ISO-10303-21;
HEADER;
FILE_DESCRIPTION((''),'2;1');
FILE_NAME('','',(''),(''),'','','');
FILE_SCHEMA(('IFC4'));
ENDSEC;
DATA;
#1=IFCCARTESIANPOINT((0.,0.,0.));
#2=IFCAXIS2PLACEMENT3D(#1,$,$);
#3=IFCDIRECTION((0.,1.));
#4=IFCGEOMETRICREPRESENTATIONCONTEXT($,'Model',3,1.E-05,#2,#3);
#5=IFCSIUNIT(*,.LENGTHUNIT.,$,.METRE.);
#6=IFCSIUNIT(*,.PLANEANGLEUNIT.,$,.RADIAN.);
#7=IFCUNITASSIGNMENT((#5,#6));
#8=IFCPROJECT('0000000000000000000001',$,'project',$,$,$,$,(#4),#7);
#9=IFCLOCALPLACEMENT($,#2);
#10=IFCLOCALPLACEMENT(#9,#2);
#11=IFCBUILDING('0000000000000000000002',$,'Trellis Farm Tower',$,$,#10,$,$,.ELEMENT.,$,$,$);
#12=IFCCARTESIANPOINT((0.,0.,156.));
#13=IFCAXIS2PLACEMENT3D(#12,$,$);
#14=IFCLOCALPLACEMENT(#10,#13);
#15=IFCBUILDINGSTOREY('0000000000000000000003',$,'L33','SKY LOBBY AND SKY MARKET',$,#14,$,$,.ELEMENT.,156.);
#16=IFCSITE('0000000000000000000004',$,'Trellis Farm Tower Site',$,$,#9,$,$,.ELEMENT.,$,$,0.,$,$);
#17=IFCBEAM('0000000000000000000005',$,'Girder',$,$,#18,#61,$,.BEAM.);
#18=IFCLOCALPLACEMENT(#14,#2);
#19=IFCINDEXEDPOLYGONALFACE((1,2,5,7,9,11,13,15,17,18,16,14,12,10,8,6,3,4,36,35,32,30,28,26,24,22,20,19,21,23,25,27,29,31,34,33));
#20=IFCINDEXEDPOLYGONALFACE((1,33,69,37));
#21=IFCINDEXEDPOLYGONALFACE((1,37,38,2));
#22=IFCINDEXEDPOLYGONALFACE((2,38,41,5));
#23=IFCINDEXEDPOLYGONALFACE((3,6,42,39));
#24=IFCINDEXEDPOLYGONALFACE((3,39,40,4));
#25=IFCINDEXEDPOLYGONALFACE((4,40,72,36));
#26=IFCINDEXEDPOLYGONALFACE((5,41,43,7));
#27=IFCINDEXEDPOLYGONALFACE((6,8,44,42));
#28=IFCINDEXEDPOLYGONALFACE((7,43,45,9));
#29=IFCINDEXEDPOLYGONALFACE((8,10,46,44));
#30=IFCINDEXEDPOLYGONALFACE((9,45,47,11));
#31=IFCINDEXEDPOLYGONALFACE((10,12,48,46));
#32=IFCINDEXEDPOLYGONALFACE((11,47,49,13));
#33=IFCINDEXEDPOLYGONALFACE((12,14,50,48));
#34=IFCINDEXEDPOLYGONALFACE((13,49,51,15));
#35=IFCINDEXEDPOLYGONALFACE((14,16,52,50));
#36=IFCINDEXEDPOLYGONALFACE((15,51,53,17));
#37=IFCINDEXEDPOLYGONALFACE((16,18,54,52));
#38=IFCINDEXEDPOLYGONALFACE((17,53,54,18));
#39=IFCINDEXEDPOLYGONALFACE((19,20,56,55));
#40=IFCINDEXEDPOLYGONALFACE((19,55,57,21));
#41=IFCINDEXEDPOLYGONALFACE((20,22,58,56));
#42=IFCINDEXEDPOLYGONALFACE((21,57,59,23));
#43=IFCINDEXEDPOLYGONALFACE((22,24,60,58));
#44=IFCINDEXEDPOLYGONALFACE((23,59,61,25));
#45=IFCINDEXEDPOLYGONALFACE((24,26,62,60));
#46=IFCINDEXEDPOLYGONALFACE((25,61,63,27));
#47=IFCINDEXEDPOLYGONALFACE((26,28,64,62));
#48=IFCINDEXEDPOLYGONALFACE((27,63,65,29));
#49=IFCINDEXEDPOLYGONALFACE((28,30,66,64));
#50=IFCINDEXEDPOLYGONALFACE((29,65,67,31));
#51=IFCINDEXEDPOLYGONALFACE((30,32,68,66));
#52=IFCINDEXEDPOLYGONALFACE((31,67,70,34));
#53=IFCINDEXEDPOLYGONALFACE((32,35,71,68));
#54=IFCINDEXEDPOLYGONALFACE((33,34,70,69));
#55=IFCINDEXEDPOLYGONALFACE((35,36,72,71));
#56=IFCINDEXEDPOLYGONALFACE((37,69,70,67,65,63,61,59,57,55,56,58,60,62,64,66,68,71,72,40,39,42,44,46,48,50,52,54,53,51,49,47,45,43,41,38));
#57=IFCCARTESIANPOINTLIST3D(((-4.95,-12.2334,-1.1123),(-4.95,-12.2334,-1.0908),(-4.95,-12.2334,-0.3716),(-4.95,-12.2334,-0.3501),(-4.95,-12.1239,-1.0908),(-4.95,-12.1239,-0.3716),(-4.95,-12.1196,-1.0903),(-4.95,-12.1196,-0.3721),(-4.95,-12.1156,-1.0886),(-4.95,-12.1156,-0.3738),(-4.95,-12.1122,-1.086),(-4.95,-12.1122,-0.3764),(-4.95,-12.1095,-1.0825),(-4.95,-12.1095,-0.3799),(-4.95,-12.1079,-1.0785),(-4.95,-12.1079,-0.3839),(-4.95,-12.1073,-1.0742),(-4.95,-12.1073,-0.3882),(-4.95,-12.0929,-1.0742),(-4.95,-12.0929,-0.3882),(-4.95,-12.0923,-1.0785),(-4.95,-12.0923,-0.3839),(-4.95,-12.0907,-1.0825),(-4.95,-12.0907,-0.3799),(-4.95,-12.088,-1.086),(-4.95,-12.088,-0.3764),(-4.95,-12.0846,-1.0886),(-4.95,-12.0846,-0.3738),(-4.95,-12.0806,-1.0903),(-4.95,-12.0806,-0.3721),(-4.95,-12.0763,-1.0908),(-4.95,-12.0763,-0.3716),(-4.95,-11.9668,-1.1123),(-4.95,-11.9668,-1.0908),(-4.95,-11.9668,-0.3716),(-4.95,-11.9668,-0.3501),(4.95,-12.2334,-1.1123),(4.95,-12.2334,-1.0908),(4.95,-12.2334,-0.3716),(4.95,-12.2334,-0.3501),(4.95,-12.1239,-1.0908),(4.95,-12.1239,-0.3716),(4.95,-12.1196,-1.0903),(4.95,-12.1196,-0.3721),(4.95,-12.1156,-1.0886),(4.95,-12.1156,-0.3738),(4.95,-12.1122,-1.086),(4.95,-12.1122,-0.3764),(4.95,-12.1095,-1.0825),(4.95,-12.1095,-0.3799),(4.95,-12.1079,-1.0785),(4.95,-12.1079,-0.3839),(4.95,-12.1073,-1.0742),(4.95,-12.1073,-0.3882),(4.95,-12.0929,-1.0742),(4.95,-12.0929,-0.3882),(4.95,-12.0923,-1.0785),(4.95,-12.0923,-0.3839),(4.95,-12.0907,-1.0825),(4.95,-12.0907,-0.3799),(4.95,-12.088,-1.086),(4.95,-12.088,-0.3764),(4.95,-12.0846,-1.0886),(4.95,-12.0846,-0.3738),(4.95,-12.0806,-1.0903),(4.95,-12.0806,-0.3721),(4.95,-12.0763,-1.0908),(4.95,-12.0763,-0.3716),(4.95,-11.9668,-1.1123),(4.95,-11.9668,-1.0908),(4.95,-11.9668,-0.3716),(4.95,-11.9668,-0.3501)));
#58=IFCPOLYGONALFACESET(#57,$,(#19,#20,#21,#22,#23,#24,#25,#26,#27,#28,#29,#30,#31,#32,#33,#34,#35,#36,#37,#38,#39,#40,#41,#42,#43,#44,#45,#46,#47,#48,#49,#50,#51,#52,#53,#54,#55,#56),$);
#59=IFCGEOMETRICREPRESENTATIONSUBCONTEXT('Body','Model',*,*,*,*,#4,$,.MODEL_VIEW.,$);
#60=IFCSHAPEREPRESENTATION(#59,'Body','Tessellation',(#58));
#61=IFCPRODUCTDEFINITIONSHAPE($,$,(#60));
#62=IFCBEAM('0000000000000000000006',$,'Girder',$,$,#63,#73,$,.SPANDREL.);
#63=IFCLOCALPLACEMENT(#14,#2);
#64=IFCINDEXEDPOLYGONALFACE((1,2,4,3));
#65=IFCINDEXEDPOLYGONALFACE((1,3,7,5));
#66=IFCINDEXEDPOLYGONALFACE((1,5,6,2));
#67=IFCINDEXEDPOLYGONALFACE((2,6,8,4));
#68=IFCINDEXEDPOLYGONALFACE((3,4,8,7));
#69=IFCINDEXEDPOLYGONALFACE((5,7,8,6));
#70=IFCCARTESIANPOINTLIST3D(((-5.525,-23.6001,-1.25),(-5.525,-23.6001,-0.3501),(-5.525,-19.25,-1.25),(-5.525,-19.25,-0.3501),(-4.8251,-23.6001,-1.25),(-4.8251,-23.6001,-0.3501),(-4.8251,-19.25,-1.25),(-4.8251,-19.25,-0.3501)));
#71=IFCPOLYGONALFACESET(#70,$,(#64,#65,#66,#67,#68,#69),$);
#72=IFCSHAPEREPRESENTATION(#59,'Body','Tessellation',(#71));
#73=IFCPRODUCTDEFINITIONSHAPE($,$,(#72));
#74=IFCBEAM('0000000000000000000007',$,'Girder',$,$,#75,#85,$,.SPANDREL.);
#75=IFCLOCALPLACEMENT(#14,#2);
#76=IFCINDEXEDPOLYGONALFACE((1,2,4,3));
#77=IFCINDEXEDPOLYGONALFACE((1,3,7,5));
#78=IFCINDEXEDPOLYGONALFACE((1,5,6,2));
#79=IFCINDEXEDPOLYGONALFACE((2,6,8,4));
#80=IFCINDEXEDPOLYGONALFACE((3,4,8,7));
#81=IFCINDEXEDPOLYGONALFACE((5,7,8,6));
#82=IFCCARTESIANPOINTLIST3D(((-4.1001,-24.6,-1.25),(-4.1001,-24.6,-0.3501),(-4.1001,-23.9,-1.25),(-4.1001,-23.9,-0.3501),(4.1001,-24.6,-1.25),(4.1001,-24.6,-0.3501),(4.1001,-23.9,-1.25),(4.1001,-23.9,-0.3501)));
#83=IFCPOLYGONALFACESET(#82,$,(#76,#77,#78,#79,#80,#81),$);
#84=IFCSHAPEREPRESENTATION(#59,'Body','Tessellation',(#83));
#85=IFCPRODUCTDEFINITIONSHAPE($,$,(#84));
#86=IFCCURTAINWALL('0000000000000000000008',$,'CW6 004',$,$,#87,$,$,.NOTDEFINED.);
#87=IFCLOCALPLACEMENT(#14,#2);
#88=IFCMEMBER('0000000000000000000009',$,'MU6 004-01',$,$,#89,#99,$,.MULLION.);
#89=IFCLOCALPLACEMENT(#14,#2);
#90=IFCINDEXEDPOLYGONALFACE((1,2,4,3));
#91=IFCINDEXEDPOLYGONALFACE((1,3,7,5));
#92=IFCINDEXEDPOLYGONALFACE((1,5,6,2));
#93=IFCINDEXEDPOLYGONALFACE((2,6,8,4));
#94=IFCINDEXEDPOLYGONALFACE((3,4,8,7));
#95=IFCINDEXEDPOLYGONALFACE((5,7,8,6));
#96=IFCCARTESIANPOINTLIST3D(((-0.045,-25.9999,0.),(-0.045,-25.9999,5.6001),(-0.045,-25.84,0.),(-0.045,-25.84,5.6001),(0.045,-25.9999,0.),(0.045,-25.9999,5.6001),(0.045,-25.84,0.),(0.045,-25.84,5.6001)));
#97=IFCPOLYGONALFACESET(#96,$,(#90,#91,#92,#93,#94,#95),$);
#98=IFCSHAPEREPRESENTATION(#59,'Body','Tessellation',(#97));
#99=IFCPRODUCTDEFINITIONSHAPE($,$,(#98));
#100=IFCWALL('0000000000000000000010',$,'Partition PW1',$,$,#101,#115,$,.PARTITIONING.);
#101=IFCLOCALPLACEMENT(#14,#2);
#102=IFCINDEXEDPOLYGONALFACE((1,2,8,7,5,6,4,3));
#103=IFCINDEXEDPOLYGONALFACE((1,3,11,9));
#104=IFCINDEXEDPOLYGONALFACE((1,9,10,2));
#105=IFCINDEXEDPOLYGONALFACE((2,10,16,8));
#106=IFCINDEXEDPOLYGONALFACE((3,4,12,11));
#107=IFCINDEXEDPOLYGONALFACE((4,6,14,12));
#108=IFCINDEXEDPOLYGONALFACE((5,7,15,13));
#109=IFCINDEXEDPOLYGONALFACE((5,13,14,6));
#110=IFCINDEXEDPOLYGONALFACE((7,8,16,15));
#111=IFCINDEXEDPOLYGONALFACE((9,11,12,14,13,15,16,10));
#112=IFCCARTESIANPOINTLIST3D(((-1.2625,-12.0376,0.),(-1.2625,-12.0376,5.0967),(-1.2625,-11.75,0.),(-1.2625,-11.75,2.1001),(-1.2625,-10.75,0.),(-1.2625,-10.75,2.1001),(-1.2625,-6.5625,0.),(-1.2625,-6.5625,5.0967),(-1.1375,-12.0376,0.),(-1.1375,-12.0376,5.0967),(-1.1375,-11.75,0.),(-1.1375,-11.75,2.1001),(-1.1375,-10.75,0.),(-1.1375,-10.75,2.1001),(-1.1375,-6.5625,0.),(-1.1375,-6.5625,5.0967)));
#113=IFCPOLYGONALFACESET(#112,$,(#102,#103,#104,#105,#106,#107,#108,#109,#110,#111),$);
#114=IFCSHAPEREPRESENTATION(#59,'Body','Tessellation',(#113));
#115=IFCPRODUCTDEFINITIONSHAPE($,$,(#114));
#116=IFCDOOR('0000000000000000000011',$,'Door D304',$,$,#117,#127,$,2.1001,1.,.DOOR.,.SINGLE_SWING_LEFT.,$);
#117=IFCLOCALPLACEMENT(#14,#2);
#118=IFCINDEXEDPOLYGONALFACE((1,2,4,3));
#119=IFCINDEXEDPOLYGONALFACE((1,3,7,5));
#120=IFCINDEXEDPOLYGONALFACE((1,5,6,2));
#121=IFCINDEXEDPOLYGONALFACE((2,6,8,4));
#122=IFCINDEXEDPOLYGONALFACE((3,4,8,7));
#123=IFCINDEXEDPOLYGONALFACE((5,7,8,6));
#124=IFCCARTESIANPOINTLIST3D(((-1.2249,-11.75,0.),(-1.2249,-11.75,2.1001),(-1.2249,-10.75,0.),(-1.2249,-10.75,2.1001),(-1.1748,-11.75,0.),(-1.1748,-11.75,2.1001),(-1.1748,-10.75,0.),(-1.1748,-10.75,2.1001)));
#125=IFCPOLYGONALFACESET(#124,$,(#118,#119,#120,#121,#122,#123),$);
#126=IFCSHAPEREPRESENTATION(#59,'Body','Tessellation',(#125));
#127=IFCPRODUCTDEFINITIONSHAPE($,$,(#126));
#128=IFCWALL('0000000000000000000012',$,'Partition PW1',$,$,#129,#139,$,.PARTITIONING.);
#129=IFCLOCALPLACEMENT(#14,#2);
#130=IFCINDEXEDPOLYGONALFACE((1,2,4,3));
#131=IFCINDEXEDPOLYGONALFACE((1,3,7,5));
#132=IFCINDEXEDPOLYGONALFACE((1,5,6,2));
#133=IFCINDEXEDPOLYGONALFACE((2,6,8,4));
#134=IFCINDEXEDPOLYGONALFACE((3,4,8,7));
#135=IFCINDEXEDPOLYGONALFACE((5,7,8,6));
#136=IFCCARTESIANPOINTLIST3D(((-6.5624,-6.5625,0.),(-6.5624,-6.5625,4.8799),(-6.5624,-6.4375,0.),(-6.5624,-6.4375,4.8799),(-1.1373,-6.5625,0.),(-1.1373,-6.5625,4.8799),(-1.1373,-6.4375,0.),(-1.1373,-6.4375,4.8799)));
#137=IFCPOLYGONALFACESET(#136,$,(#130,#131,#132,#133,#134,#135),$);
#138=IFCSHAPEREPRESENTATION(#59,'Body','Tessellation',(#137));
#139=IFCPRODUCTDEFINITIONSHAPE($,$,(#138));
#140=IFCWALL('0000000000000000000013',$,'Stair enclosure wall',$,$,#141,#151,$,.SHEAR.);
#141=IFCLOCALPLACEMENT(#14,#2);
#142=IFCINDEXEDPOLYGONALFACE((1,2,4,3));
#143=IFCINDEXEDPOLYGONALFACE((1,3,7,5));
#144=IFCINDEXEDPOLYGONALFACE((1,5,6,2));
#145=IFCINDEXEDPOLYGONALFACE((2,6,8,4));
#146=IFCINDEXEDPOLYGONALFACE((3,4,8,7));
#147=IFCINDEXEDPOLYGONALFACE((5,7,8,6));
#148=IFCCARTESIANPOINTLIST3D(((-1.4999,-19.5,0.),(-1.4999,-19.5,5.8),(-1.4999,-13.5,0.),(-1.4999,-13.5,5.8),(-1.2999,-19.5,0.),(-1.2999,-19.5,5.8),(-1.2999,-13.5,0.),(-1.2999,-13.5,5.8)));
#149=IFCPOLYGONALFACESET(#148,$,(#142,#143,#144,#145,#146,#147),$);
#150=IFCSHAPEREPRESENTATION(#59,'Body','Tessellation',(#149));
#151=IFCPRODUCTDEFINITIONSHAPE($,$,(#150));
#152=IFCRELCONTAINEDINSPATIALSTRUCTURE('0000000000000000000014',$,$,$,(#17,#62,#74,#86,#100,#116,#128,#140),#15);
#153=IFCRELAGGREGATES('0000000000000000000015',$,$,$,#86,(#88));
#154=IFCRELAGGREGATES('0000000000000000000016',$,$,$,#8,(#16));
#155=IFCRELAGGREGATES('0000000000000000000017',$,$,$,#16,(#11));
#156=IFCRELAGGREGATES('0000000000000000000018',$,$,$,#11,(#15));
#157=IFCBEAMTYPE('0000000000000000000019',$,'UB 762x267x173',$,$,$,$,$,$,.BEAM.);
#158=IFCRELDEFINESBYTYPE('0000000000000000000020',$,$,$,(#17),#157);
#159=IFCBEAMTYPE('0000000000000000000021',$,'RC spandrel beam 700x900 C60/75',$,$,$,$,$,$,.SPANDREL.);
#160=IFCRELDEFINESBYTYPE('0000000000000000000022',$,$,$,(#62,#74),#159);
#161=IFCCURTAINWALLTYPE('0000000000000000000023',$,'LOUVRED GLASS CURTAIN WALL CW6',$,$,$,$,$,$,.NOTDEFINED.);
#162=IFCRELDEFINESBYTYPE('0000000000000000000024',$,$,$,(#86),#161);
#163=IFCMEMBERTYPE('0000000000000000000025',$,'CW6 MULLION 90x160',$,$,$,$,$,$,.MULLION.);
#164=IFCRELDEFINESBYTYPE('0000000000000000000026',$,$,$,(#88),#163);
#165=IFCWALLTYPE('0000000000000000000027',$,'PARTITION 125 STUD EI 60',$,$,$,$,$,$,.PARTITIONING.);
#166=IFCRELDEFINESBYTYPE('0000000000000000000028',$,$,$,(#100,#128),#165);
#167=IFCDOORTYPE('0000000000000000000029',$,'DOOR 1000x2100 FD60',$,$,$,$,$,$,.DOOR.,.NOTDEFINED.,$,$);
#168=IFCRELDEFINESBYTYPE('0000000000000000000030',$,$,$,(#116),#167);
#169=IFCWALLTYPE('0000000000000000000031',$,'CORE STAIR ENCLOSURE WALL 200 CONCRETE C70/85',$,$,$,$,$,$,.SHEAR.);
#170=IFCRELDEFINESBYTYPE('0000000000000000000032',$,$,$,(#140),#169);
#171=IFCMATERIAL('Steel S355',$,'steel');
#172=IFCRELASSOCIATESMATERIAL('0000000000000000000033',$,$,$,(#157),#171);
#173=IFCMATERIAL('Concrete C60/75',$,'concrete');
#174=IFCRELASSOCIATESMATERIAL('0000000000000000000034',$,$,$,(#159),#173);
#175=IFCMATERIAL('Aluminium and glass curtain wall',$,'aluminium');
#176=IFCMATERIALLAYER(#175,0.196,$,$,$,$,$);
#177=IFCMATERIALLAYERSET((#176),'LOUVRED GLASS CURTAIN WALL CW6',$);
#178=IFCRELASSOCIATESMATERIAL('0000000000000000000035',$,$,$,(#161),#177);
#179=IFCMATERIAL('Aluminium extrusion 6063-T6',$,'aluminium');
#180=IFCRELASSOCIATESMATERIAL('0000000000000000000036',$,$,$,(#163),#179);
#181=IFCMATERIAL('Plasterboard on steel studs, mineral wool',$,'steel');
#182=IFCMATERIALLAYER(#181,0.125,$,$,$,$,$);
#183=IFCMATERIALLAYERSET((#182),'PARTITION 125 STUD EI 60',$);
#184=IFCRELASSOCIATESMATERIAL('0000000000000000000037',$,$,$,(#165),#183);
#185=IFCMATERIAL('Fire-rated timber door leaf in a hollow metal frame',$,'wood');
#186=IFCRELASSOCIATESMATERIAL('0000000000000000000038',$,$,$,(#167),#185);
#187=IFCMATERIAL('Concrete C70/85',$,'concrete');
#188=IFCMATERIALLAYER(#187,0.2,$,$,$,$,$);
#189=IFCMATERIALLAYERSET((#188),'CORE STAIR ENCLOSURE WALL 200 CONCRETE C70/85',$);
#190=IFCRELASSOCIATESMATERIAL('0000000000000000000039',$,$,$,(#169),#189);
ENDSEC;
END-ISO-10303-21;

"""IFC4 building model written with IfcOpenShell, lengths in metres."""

from ifc_helpers import new_model, si_unit, direction, frame, frame_2d, origin, origin_2d, place, context, subcontext, project, spatial, rectangle, i_section, extrude, source, transform, mapped, material, layer, layer_set, material_profile, profile_set, type_object, element, fill, aggregate, save


model = new_model("IFC4")

# Units and contexts
model_context = context("Model", 3, precision=1e-05, world=origin(), true_north=direction((0.0, 1.0)))
body_context = subcontext(model_context, "Body", "Model", "MODEL_VIEW")
ifc_project = project(units=[si_unit("LENGTHUNIT", "METRE"), si_unit("PLANEANGLEUNIT", "RADIAN")], contexts=[model_context])

# Site, building, storey
site_placement = place(None, origin())
site = spatial("IfcSite", under=ifc_project, at=site_placement, Name="Trellis Farm Tower Site", CompositionType="ELEMENT", RefElevation=0.0)
building_placement = place(site_placement, origin())
building = spatial("IfcBuilding", under=site, at=building_placement, Name="Trellis Farm Tower", CompositionType="ELEMENT")
storey_placement = place(building_placement, frame((0.0, 0.0, 156.0)))
storey = spatial("IfcBuildingStorey", under=building, at=storey_placement, Name="L33", Description="SKY LOBBY AND SKY MARKET", CompositionType="ELEMENT", Elevation=156.0)

# Shared definitions
ifc_material_1 = material(Name="Concrete C70/85", Category="concrete")

# Beams
ifc_material_2 = material(Name="Steel S355", Category="steel")
ifc_material_profile_1 = material_profile(ifc_material_2, i_section(OverallWidth=0.2666, OverallDepth=0.7622, WebThickness=0.0144, FlangeThickness=0.0215, FilletRadius=0.0166, at=origin_2d()), Name="UB 762x267x173")
ifc_profile_set_1 = profile_set([ifc_material_profile_1], Name="Steel S355")
beam_type_1 = type_object("IfcBeamType", Name="UB 762x267x173", PredefinedType="BEAM", material=ifc_profile_set_1)
shared_shape_1 = source(origin(), body_context, "Body", "SweptSolid", [
    extrude(i_section(OverallWidth=0.2666, OverallDepth=0.7622, WebThickness=0.0144, FlangeThickness=0.0215, FilletRadius=0.0166, at=origin_2d()), origin(), (0.0, 0.0, 1.0), 9.8999),
])
beam_1_placement = place(storey_placement, frame((-4.95, -12.1001, -0.7312), z_axis=(1.0, 0.0, 0.0), x_axis=(0.0, 1.0, 0.0)))
element("IfcBeam", 1, at=beam_1_placement, inside=storey, type_object=beam_type_1, Name="Girder", PredefinedType="BEAM", context=body_context, shape_type="MappedRepresentation", body=[
    mapped(shared_shape_1, transform((0.0, 0.0, 0.0))),
])
ifc_material_3 = material(Name="Concrete C60/75", Category="concrete")
ifc_material_profile_2 = material_profile(ifc_material_3, rectangle(XDim=0.7, YDim=0.8999, at=origin_2d()), Name="RC spandrel beam 700x900 C60/75")
ifc_profile_set_2 = profile_set([ifc_material_profile_2], Name="Concrete C60/75")
beam_type_2 = type_object("IfcBeamType", Name="RC spandrel beam 700x900 C60/75", PredefinedType="SPANDREL", material=ifc_profile_set_2)
shared_shape_2 = source(origin(), body_context, "Body", "SweptSolid", [
    extrude(rectangle(XDim=0.7, YDim=0.8999, at=origin_2d()), origin(), (0.0, 0.0, 1.0), 4.3501),
])
beam_2_placement = place(storey_placement, frame((-5.175, -23.6001, -0.8), z_axis=(0.0, 1.0, 0.0), x_axis=(-1.0, 0.0, 0.0)))
element("IfcBeam", 2, at=beam_2_placement, inside=storey, type_object=beam_type_2, Name="Girder", PredefinedType="SPANDREL", context=body_context, shape_type="MappedRepresentation", body=[
    mapped(shared_shape_2, transform((0.0, 0.0, 0.0))),
])
shared_shape_3 = source(origin(), body_context, "Body", "SweptSolid", [
    extrude(rectangle(XDim=0.7, YDim=0.8999, at=origin_2d()), origin(), (0.0, 0.0, 1.0), 8.2002),
])
beam_3_placement = place(storey_placement, frame((-4.1001, -24.25, -0.8), z_axis=(1.0, 0.0, 0.0), x_axis=(0.0, 1.0, 0.0)))
element("IfcBeam", 3, at=beam_3_placement, inside=storey, type_object=beam_type_2, Name="Girder", PredefinedType="SPANDREL", context=body_context, shape_type="MappedRepresentation", body=[
    mapped(shared_shape_3, transform((0.0, 0.0, 0.0))),
])

# Curtain wall, member
ifc_material_4 = material(Name="Aluminium and glass curtain wall", Category="aluminium")
ifc_layer_1 = layer(ifc_material_4, 0.196)
ifc_layer_set_1 = layer_set([ifc_layer_1], Name="LOUVRED GLASS CURTAIN WALL CW6")
curtain_wall_type = type_object("IfcCurtainWallType", Name="LOUVRED GLASS CURTAIN WALL CW6", PredefinedType="NOTDEFINED", material=ifc_layer_set_1)
placement = place(storey_placement, origin())
curtain_wall = element("IfcCurtainWall", 4, at=placement, inside=storey, type_object=curtain_wall_type, Name="CW6 004", PredefinedType="NOTDEFINED")
ifc_material_5 = material(Name="Aluminium extrusion 6063-T6", Category="aluminium")
ifc_material_profile_3 = material_profile(ifc_material_5, rectangle(XDim=0.0901, YDim=0.1599, at=origin_2d()), Name="MULLION 90x160")
ifc_profile_set_3 = profile_set([ifc_material_profile_3], Name="Aluminium extrusion 6063-T6")
member_type = type_object("IfcMemberType", Name="CW6 MULLION 90x160", PredefinedType="MULLION", material=ifc_profile_set_3)
shared_shape_4 = source(origin(), body_context, "Body", "SweptSolid", [
    extrude(rectangle(XDim=0.0901, YDim=0.1599, at=origin_2d()), origin(), (0.0, 0.0, 1.0), 5.6001),
])
member_placement = place(storey_placement, frame((0.0, -25.9199, 0.0), z_axis=(0.0, 0.0, 1.0), x_axis=(1.0, 0.0, 0.0)))
member = element("IfcMember", 5, at=member_placement, type_object=member_type, Name="MU6 004-01", PredefinedType="MULLION", context=body_context, shape_type="MappedRepresentation", body=[
    mapped(shared_shape_4, transform((0.0, 0.0, 0.0))),
])
aggregate(curtain_wall, [member])

# Wall, opening, door
ifc_material_6 = material(Name="Plasterboard on steel studs, mineral wool", Category="steel")
ifc_layer_2 = layer(ifc_material_6, 0.125)
ifc_layer_set_2 = layer_set([ifc_layer_2], Name="PARTITION 125 STUD EI 60")
wall_type_1 = type_object("IfcWallType", Name="PARTITION 125 STUD EI 60", PredefinedType="PARTITIONING", material=ifc_layer_set_2)
wall_1_placement = place(storey_placement, frame((-1.2, -12.0376, 0.0), z_axis=(0.0, 0.0, 1.0), x_axis=(0.0, 1.0, 0.0)))
wall_1 = element("IfcWall", 6, at=wall_1_placement, inside=storey, type_object=wall_type_1, Name="Partition PW1", PredefinedType="PARTITIONING", context=body_context, shape_type="SweptSolid", body=[
    extrude(rectangle(XDim=5.4751, YDim=0.125, at=frame_2d((2.7375, 0.0))), origin(), (0.0, 0.0, 1.0), 5.0967),
])
shared_shape_5 = source(origin(), body_context, "Body", "SweptSolid", [
    extrude(rectangle(XDim=1.0, YDim=2.1001, at=frame_2d((0.5, 1.05))), frame((0.0, 0.0725, 0.0), z_axis=(0.0, -1.0, 0.0), x_axis=(1.0, 0.0, 0.0)), (0.0, 0.0, 1.0), 0.145),
])
opening_1_placement = place(wall_1_placement, frame((0.2876, 0.0, 0.0)))
opening_1 = element("IfcOpeningElement", 7, at=opening_1_placement, cuts=wall_1, PredefinedType="OPENING", context=body_context, shape_type="MappedRepresentation", body=[
    mapped(shared_shape_5, transform((0.0, 0.0, 0.0))),
])
ifc_material_7 = material(Name="Fire-rated timber door leaf in a hollow metal frame", Category="wood")
door_type = type_object("IfcDoorType", Name="DOOR 1000x2100 FD60", OperationType="NOTDEFINED", PredefinedType="DOOR", material=ifc_material_7)
shared_shape_6 = source(origin(), body_context, "Body", "SweptSolid", [
    extrude(rectangle(XDim=1.0, YDim=2.1001, at=frame_2d((0.5, 1.05))), frame((0.0, 0.0249, 0.0), z_axis=(0.0, -1.0, 0.0), x_axis=(1.0, 0.0, 0.0)), (0.0, 0.0, 1.0), 0.05),
])
door_1_placement = place(opening_1_placement, origin())
door_1 = element("IfcDoor", 8, at=door_1_placement, inside=storey, type_object=door_type, Name="Door D304", OperationType="SINGLE_SWING_LEFT", OverallHeight=2.1001, OverallWidth=1.0, PredefinedType="DOOR", context=body_context, shape_type="MappedRepresentation", body=[
    mapped(shared_shape_6, transform((0.0, 0.0, 0.0))),
])
fill(opening_1, door_1)

# Walls
wall_2_placement = place(storey_placement, frame((-1.1375, -6.5, 0.0), z_axis=(0.0, 0.0, 1.0), x_axis=(-1.0, 0.0, 0.0)))
element("IfcWall", 9, at=wall_2_placement, inside=storey, type_object=wall_type_1, Name="Partition PW1", PredefinedType="PARTITIONING", context=body_context, shape_type="SweptSolid", body=[
    extrude(rectangle(XDim=5.425, YDim=0.125, at=frame_2d((2.7124, 0.0))), origin(), (0.0, 0.0, 1.0), 4.8799),
])
ifc_layer_3 = layer(ifc_material_1, 0.2)
ifc_layer_set_3 = layer_set([ifc_layer_3], Name="CORE STAIR ENCLOSURE WALL 200 CONCRETE C70/85")
wall_type_2 = type_object("IfcWallType", Name="CORE STAIR ENCLOSURE WALL 200 CONCRETE C70/85", PredefinedType="SHEAR", material=ifc_layer_set_3)
shared_shape_7 = source(origin(), body_context, "Body", "SweptSolid", [
    extrude(rectangle(XDim=6.0, YDim=0.2, at=frame_2d((3.0, 0.0))), origin(), (0.0, 0.0, 1.0), 5.8),
])
wall_3_placement = place(storey_placement, frame((-1.3999, -13.5, 0.0), z_axis=(0.0, 0.0, 1.0), x_axis=(0.0, -1.0, 0.0)))
element("IfcWall", 10, at=wall_3_placement, inside=storey, type_object=wall_type_2, Name="Stair enclosure wall", PredefinedType="SHEAR", context=body_context, shape_type="MappedRepresentation", body=[
    mapped(shared_shape_7, transform((0.0, 0.0, 0.0))),
])

save(model, "model.ifc")
